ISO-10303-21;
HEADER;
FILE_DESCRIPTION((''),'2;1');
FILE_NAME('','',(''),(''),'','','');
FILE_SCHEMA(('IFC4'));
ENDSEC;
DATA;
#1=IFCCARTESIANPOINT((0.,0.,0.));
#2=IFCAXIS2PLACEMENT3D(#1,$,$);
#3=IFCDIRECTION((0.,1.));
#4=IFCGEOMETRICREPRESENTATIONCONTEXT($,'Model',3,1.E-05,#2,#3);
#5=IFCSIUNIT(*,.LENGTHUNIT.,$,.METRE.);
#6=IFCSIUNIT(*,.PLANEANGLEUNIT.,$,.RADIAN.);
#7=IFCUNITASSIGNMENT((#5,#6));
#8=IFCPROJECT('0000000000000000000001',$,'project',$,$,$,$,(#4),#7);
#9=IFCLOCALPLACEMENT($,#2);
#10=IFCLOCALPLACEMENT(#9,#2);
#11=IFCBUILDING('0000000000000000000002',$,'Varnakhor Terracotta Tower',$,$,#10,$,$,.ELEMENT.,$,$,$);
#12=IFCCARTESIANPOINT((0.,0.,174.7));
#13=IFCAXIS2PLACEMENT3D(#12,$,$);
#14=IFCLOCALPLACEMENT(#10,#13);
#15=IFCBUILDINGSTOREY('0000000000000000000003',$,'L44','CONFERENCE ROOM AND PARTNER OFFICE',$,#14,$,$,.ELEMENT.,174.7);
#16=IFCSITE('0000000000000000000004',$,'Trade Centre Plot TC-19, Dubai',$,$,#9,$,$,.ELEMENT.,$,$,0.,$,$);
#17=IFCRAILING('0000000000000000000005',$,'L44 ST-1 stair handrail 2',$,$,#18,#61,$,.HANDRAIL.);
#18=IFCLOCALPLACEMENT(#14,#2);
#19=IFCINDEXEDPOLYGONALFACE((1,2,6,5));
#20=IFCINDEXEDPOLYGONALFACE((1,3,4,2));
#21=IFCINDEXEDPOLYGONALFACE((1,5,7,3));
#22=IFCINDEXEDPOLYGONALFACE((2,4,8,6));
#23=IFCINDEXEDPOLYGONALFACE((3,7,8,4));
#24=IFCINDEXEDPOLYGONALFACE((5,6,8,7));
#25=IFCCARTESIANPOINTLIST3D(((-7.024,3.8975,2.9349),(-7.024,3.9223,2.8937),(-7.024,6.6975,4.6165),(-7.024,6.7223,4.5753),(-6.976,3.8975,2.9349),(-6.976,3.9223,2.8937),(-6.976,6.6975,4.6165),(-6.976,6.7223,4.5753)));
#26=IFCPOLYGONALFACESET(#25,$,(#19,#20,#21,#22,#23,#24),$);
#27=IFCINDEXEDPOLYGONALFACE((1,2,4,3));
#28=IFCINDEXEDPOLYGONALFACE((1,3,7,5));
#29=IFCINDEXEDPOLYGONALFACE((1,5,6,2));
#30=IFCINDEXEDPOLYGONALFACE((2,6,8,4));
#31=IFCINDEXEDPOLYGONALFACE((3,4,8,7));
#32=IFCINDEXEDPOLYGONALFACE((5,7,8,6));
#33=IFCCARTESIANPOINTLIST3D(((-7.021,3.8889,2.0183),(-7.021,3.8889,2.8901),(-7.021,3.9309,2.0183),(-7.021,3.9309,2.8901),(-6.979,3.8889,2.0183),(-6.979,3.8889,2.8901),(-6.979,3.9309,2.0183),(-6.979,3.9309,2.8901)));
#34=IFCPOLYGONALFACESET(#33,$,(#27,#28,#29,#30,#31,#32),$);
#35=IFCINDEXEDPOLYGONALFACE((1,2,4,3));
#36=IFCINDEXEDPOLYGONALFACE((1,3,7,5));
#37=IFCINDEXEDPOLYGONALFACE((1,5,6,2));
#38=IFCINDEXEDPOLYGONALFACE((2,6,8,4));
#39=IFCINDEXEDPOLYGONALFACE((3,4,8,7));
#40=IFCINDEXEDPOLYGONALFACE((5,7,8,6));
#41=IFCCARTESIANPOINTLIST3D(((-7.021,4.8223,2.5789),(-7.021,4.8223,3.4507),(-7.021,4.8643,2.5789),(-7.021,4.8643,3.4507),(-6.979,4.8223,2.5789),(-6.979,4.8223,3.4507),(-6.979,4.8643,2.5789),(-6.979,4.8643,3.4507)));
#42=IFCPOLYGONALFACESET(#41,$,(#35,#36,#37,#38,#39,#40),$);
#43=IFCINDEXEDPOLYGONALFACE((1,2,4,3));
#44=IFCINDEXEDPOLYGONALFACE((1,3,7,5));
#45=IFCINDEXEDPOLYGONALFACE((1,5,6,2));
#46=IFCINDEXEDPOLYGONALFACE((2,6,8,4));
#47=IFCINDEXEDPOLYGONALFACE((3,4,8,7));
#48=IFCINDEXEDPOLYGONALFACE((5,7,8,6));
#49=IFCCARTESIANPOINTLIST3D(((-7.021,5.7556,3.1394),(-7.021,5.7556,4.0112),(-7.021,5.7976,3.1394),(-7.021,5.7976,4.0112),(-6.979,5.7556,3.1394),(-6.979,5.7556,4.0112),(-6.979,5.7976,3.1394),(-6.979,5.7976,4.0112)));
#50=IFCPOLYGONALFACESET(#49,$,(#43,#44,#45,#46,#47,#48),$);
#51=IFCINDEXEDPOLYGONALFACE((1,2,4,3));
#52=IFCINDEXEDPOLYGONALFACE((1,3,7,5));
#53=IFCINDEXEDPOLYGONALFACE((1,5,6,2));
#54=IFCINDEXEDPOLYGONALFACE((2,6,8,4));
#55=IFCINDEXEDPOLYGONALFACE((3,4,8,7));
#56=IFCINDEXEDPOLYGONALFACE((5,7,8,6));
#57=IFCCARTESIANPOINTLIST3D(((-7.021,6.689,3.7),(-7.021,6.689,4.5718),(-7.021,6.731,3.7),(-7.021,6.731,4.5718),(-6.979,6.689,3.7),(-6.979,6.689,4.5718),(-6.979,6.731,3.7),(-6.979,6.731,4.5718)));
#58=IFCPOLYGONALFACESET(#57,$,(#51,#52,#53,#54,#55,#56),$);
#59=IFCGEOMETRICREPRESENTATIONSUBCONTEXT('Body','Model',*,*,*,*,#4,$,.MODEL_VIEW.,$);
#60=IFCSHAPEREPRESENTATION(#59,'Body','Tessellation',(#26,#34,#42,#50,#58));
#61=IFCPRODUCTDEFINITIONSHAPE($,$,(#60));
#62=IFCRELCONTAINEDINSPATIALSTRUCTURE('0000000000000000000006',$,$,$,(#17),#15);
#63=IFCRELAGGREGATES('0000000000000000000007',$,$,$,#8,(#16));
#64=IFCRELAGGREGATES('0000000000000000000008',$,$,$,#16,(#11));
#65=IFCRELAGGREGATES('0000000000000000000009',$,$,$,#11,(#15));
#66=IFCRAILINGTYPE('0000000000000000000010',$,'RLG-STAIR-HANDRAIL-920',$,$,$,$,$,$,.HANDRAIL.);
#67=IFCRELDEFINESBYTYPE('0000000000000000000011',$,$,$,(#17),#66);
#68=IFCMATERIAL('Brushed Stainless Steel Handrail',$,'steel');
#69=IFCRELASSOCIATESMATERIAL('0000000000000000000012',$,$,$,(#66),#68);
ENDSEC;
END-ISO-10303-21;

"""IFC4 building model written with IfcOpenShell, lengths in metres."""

from ifc_helpers import new_model, si_unit, direction, frame, origin, origin_2d, place, context, subcontext, project, spatial, rectangle, extrude, material, type_object, element, save


model = new_model("IFC4")

# Units and contexts
model_context = context("Model", 3, precision=1e-05, world=origin(), true_north=direction((0.0, 1.0)))
body_context = subcontext(model_context, "Body", "Model", "MODEL_VIEW")
ifc_project = project(units=[si_unit("LENGTHUNIT", "METRE"), si_unit("PLANEANGLEUNIT", "RADIAN")], contexts=[model_context])

# Site, building, storey
site_placement = place(None, origin())
site = spatial("IfcSite", under=ifc_project, at=site_placement, Name="Trade Centre Plot TC-19, Dubai", CompositionType="ELEMENT", RefElevation=0.0)
building_placement = place(site_placement, origin())
building = spatial("IfcBuilding", under=site, at=building_placement, Name="Varnakhor Terracotta Tower", CompositionType="ELEMENT")
storey_placement = place(building_placement, frame((0.0, 0.0, 174.7)))
storey = spatial("IfcBuildingStorey", under=building, at=storey_placement, Name="L44", Description="CONFERENCE ROOM AND PARTNER OFFICE", CompositionType="ELEMENT", Elevation=174.7)

# Railing
ifc_material_1 = material(Name="Brushed Stainless Steel Handrail", Category="steel")
railing_type_1 = type_object("IfcRailingType", Name="RLG-STAIR-HANDRAIL-920", PredefinedType="HANDRAIL", material=ifc_material_1)
railing_1_placement = place(storey_placement, frame((-7.0, 3.9099, 2.0183)))
element("IfcRailing", 1, at=railing_1_placement, inside=storey, type_object=railing_type_1, Name="L44 ST-1 stair handrail 2", PredefinedType="HANDRAIL", context=body_context, shape_type="SweptSolid", body=[
    extrude(rectangle(XDim=0.0481, YDim=0.0481, at=origin_2d()), frame((0.0, 0.0, 0.896), z_axis=(0.0, 0.857275, 0.514858), x_axis=(-1.0, 0.0, 0.0)), (0.0, 0.0, 1.0), 3.2661),
    extrude(rectangle(XDim=0.042, YDim=0.042, at=origin_2d()), origin(), (0.0, 0.0, 1.0), 0.8718),
    extrude(rectangle(XDim=0.042, YDim=0.042, at=origin_2d()), frame((0.0, 0.9333, 0.5605)), (0.0, 0.0, 1.0), 0.8718),
    extrude(rectangle(XDim=0.042, YDim=0.042, at=origin_2d()), frame((0.0, 1.8667, 1.1211)), (0.0, 0.0, 1.0), 0.8718),
    extrude(rectangle(XDim=0.042, YDim=0.042, at=origin_2d()), frame((0.0, 2.8, 1.6816)), (0.0, 0.0, 1.0), 0.8718),
])

save(model, "model.ifc")
